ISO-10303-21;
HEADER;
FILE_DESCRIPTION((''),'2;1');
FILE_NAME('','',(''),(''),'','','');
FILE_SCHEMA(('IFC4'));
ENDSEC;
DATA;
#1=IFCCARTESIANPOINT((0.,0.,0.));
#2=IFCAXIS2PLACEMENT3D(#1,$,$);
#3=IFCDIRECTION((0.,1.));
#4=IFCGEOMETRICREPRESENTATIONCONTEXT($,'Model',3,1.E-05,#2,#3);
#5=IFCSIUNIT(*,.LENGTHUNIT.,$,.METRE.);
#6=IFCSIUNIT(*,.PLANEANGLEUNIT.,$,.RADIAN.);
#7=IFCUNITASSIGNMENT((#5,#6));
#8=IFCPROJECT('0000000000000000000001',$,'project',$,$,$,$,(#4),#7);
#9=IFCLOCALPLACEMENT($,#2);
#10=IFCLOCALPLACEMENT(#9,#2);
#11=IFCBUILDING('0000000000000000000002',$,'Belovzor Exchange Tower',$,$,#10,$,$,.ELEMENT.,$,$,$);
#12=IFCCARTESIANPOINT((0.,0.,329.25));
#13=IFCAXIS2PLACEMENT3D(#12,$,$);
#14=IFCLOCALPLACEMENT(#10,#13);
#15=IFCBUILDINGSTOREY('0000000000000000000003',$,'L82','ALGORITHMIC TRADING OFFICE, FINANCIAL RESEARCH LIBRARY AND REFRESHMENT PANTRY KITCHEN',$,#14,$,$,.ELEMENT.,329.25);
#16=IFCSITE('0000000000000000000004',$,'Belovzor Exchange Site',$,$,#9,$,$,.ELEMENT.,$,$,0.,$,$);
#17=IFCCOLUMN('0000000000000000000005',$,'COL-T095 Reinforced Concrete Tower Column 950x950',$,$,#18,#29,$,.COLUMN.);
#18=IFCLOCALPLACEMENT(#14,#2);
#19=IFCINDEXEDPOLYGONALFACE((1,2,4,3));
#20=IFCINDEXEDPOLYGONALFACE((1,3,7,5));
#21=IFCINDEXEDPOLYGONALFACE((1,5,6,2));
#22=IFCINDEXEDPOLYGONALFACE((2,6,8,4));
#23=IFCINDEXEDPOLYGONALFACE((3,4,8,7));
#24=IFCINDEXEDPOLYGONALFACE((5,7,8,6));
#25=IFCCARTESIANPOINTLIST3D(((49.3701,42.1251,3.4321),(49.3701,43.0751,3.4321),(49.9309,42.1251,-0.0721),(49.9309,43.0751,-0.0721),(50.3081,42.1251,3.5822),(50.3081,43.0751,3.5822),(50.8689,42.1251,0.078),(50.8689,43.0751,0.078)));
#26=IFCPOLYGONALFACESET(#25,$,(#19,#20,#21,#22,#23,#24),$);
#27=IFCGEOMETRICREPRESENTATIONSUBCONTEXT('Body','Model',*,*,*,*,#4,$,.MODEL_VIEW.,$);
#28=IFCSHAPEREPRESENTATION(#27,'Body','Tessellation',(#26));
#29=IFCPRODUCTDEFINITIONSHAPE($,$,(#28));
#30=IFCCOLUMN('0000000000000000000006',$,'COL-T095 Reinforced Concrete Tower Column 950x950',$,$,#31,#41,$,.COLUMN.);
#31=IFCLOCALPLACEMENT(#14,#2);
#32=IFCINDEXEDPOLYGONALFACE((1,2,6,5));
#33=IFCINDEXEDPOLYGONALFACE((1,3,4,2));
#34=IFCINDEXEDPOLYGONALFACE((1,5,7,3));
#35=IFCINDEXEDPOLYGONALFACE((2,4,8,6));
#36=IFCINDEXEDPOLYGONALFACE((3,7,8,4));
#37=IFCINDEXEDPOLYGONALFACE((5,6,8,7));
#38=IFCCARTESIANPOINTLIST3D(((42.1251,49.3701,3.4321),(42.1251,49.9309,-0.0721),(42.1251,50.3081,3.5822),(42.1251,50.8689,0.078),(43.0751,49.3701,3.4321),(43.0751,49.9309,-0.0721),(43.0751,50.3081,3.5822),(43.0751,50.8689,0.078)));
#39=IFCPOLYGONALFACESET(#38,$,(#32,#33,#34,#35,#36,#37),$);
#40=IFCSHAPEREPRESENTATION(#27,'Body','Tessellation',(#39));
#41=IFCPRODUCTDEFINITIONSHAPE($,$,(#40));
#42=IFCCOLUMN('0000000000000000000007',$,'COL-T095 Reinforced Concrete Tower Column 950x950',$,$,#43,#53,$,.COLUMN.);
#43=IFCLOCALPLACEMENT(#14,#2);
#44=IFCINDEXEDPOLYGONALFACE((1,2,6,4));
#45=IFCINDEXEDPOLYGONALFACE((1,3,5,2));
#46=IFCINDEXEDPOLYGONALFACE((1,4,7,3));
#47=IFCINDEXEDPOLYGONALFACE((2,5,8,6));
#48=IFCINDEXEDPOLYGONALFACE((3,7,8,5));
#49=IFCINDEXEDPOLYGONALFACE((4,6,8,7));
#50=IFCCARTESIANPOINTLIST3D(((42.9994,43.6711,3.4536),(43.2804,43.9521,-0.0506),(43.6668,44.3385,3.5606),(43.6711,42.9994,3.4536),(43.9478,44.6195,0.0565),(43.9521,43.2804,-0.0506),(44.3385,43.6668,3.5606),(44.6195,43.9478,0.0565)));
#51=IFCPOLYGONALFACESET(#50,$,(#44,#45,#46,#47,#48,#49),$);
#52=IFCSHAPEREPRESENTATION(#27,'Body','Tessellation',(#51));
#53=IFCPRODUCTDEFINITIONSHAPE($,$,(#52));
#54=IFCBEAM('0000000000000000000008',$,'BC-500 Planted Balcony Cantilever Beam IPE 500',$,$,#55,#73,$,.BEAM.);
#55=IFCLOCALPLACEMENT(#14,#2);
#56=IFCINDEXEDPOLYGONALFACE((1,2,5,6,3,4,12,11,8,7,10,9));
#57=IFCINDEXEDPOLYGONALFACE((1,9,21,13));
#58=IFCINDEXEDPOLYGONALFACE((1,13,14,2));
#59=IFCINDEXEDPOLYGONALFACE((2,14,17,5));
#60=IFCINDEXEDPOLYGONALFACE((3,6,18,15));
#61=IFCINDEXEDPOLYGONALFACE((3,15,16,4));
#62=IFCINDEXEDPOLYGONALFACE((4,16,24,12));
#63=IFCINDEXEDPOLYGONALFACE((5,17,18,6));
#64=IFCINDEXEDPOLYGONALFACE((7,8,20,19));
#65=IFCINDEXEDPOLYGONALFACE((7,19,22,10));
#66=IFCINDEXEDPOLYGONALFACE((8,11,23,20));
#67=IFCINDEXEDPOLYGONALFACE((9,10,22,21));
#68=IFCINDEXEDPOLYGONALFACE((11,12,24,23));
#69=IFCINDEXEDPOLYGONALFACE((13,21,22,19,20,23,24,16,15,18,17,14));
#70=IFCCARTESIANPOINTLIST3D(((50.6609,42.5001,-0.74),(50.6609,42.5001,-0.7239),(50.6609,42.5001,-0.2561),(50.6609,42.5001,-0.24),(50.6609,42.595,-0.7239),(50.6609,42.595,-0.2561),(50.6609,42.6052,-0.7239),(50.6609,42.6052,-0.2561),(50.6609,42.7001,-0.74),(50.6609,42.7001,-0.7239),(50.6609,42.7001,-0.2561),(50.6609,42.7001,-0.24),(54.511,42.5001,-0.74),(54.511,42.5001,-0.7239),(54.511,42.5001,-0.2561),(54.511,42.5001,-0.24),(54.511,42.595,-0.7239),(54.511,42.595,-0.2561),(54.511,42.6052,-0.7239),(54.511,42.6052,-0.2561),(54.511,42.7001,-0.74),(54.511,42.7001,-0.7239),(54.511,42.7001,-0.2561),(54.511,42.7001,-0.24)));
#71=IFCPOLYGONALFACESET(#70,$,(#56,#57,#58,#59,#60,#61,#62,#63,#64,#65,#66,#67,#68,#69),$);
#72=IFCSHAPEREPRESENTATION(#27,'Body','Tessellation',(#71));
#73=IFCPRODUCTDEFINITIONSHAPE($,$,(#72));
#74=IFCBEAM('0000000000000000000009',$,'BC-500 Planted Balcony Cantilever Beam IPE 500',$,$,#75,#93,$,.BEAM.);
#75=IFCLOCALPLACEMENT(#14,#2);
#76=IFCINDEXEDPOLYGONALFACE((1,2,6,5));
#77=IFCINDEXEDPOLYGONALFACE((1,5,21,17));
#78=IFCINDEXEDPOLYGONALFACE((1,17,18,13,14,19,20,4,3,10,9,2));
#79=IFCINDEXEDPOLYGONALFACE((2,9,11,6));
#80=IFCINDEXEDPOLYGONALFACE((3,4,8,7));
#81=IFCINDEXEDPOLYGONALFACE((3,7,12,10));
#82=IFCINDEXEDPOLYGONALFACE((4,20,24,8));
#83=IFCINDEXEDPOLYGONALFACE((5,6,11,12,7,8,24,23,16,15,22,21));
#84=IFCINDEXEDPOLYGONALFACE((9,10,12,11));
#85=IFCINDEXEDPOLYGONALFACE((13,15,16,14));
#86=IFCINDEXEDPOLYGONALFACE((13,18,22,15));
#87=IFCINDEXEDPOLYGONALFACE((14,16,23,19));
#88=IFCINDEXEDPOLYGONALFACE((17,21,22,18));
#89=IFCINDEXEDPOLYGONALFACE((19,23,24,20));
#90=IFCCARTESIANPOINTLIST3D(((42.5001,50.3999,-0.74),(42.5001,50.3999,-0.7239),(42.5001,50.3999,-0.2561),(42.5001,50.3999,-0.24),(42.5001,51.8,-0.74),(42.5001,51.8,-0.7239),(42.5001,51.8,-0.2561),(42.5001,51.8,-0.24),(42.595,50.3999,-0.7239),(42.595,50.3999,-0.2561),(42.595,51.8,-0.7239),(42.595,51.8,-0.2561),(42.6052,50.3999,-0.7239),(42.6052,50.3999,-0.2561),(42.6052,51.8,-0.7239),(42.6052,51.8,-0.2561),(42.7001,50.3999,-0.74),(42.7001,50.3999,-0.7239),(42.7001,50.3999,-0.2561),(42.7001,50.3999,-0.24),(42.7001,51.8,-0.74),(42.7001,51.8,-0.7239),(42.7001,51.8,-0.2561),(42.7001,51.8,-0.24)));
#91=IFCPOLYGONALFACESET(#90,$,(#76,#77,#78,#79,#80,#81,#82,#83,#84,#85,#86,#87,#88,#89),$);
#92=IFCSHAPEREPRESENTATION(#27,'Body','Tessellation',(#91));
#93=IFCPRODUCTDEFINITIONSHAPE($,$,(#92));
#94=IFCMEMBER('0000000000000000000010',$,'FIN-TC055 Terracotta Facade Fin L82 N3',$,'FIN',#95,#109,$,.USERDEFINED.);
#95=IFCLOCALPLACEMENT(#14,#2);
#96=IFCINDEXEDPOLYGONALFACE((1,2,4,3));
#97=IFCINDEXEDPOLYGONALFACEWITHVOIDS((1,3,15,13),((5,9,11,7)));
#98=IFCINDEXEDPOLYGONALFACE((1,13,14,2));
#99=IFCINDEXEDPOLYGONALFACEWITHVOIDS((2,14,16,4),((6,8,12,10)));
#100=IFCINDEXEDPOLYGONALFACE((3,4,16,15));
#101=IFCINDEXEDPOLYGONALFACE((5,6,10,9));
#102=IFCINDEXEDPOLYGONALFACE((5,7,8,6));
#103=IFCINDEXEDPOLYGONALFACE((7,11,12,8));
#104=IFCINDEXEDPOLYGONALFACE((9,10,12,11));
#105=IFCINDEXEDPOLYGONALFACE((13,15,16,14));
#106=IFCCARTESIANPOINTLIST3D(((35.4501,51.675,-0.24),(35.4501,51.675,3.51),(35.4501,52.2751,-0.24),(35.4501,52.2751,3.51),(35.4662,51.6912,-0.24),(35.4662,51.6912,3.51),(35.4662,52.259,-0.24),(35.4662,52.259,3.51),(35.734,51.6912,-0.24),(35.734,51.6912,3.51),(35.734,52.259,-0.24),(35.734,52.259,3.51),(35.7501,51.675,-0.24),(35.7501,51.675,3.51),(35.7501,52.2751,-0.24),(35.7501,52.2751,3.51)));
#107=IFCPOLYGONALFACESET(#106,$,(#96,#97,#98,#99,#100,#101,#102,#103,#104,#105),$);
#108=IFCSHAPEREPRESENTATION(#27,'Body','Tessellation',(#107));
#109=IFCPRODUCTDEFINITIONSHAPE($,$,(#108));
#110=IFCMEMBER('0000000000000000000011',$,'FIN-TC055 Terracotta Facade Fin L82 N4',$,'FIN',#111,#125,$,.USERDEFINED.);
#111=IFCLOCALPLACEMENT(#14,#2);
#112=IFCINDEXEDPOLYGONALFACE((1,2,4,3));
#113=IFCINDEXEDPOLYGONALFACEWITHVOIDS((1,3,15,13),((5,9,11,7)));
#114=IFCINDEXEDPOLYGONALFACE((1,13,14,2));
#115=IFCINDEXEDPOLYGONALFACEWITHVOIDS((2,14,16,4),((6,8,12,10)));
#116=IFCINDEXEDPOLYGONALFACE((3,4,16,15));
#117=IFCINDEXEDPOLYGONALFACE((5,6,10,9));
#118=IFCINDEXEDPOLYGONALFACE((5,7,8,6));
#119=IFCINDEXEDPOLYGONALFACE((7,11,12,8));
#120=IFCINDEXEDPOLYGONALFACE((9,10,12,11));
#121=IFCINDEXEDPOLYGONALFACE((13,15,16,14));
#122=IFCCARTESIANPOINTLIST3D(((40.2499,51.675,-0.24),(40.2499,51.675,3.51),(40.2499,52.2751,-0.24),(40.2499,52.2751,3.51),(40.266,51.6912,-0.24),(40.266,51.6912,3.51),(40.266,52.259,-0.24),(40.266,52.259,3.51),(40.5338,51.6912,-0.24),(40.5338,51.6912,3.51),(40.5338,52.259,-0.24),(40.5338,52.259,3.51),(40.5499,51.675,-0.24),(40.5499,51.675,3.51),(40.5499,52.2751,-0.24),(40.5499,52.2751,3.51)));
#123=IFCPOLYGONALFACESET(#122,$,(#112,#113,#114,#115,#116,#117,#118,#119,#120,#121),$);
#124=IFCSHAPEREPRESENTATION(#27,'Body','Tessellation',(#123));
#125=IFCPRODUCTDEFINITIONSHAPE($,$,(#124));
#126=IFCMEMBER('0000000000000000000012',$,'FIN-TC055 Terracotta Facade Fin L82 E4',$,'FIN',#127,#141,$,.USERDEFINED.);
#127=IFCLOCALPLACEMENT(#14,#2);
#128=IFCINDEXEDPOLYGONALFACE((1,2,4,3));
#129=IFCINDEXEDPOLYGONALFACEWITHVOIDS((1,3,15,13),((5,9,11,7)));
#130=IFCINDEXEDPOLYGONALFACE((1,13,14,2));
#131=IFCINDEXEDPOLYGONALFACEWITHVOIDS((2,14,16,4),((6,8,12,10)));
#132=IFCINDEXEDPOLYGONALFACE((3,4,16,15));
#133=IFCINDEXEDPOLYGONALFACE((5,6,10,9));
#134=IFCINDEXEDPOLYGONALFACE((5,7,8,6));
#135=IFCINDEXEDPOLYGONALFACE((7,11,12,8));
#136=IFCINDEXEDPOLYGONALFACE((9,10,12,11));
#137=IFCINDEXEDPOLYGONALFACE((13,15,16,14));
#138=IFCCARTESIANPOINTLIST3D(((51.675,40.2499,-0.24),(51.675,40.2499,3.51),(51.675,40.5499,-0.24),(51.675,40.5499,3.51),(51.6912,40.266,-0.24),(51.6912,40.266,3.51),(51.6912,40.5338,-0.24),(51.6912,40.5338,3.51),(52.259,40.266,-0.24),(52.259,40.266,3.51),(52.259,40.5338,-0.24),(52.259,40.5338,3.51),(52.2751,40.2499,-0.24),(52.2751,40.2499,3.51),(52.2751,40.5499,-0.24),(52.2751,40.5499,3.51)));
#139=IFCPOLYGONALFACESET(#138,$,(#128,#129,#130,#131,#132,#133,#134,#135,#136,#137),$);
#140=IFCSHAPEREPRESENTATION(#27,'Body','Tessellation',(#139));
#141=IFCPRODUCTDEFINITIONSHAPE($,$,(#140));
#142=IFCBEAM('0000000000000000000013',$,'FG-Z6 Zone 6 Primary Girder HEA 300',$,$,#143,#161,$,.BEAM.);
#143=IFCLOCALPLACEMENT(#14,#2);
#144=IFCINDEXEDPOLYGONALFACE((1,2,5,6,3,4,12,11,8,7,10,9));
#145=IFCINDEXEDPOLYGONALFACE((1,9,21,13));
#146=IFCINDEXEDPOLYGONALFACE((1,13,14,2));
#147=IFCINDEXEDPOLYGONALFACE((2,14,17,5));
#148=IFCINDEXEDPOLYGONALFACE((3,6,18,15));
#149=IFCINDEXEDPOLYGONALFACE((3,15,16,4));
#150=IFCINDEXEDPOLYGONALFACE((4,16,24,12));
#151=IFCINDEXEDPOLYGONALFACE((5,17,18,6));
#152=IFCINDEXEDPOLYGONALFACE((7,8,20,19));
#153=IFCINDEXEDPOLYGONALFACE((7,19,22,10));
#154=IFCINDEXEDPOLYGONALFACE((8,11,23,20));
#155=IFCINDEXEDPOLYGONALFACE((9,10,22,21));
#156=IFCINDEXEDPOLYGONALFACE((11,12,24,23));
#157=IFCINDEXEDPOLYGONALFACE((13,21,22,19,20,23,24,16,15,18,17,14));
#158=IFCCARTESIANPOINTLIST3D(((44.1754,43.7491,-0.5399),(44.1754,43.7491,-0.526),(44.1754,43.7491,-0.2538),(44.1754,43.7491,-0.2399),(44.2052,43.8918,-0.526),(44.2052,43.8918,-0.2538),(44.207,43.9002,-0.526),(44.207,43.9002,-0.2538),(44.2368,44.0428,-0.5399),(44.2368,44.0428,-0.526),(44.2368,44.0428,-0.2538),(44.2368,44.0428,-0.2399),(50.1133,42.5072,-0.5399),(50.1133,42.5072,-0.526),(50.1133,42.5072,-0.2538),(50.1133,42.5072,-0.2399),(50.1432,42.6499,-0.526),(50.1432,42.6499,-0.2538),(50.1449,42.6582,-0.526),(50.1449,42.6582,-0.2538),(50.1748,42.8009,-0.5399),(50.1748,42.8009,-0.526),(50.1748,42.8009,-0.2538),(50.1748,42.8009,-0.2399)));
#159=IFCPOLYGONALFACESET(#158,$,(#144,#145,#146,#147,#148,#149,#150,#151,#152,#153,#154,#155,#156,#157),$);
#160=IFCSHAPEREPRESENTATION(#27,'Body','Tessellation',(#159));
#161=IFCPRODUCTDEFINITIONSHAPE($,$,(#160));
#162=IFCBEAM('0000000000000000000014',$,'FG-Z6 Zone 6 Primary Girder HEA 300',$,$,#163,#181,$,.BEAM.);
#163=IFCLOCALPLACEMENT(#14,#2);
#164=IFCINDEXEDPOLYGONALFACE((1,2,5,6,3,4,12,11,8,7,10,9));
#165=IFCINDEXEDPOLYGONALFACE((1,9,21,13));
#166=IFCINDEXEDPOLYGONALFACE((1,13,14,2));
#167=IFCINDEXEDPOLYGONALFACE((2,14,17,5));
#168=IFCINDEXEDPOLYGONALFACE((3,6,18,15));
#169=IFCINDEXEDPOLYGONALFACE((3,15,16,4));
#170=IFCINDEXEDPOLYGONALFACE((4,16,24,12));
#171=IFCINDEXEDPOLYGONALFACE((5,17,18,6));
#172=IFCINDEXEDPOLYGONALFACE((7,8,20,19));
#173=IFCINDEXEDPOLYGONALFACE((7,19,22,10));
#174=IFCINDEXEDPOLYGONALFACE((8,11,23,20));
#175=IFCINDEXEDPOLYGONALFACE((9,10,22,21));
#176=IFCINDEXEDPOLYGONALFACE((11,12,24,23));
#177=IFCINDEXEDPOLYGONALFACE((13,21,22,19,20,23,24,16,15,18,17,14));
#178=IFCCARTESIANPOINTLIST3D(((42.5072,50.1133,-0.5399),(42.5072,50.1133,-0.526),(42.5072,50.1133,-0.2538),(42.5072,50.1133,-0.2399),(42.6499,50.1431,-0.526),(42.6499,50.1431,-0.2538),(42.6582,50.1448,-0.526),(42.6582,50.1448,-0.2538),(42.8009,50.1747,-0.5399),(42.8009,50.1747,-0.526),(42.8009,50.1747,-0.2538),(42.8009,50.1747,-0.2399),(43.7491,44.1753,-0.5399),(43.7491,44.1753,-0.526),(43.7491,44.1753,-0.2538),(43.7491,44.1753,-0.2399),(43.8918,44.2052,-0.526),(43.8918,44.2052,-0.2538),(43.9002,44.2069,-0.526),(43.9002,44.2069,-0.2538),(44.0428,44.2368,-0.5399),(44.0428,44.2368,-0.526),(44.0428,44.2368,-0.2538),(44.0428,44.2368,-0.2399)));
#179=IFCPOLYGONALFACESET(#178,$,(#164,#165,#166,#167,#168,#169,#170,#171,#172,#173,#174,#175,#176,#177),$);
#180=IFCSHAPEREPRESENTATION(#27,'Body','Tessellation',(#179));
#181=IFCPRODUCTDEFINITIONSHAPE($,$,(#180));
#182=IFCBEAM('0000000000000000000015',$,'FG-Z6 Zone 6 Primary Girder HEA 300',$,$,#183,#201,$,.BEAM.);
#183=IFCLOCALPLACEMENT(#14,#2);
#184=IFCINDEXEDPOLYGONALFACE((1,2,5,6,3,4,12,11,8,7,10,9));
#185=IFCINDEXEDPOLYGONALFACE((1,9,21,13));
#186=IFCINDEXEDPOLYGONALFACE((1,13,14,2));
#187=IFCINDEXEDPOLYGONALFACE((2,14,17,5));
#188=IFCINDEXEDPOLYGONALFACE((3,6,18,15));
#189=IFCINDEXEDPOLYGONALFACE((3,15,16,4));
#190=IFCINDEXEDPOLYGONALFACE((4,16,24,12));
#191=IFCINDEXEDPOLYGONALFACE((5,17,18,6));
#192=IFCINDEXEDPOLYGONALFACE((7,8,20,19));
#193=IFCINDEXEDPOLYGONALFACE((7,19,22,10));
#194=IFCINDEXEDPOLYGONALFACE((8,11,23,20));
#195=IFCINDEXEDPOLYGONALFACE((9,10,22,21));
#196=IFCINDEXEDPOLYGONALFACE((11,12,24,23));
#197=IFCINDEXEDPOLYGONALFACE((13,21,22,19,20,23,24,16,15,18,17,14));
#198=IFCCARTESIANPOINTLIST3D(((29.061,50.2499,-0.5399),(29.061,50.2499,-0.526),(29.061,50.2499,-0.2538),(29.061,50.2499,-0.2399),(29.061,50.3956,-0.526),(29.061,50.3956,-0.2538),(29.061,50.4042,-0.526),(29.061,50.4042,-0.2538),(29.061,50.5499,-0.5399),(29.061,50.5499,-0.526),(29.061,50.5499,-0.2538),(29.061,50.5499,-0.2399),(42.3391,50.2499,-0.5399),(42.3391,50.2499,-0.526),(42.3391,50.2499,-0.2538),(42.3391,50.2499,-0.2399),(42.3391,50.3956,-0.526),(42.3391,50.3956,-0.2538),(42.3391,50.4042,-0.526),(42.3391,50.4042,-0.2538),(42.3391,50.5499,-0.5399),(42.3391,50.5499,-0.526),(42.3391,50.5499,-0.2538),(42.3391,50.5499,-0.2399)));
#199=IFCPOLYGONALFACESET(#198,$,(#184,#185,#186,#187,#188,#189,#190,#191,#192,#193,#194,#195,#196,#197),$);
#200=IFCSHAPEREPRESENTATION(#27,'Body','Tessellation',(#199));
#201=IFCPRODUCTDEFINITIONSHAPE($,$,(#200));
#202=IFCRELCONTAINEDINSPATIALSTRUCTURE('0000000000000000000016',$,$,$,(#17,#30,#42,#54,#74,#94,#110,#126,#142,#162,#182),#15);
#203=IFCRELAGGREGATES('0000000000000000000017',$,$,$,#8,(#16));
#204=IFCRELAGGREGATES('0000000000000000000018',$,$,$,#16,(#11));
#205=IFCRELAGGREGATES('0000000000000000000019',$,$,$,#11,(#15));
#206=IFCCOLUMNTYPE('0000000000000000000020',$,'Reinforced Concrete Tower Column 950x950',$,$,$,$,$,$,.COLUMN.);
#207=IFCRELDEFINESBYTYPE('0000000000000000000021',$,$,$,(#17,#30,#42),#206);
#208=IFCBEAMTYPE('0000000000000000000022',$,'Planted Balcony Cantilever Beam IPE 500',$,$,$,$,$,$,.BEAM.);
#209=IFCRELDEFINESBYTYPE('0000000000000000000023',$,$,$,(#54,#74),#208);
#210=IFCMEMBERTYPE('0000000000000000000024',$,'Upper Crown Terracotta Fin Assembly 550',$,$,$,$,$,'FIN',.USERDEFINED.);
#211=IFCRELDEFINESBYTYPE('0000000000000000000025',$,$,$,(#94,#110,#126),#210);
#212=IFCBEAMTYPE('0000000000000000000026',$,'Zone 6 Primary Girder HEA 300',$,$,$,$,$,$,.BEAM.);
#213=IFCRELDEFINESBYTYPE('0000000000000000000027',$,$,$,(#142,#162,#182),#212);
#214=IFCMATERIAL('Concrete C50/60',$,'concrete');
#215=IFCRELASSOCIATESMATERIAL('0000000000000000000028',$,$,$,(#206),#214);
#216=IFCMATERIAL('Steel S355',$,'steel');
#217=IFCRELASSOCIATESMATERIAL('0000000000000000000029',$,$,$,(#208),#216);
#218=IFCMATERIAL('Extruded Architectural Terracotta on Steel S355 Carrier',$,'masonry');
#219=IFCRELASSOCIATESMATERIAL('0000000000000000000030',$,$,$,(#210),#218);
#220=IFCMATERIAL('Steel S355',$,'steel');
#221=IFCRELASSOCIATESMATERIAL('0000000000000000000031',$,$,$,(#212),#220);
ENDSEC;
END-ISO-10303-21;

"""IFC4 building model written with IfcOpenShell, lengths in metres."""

from ifc_helpers import new_model, si_unit, direction, frame, origin, origin_2d, place, context, subcontext, project, spatial, rectangle, hollow_rectangle, i_section, extrude, material, material_profile, profile_set, type_object, element, save


model = new_model("IFC4")

# Units and contexts
model_context = context("Model", 3, precision=1e-05, world=origin(), true_north=direction((0.0, 1.0)))
body_context = subcontext(model_context, "Body", "Model", "MODEL_VIEW")
ifc_project = project(units=[si_unit("LENGTHUNIT", "METRE"), si_unit("PLANEANGLEUNIT", "RADIAN")], contexts=[model_context])

# Site, building, storey
site_placement = place(None, origin())
site = spatial("IfcSite", under=ifc_project, at=site_placement, Name="Belovzor Exchange Site", CompositionType="ELEMENT", RefElevation=0.0)
building_placement = place(site_placement, origin())
building = spatial("IfcBuilding", under=site, at=building_placement, Name="Belovzor Exchange Tower", CompositionType="ELEMENT")
storey_placement = place(building_placement, frame((0.0, 0.0, 329.25)))
storey = spatial("IfcBuildingStorey", under=building, at=storey_placement, Name="L82", Description="ALGORITHMIC TRADING OFFICE, FINANCIAL RESEARCH LIBRARY AND REFRESHMENT PANTRY KITCHEN", CompositionType="ELEMENT", Elevation=329.25)

# Columns
ifc_material_1 = material(Name="Concrete C50/60", Category="concrete")
ifc_material_profile_1 = material_profile(ifc_material_1, rectangle(XDim=0.95, YDim=0.95, at=origin_2d()))
ifc_profile_set_1 = profile_set([ifc_material_profile_1], Name="Concrete C50/60")
column_type = type_object("IfcColumnType", Name="Reinforced Concrete Tower Column 950x950", PredefinedType="COLUMN", material=ifc_profile_set_1)
for number, where, z_axis, x_axis, name in (
    (1, (50.3999, 42.6001, 0.0029), (-0.158025, 0.0, 0.987435), (0.0, -1.0, 0.0), "COL-T095 Reinforced Concrete Tower Column 950x950"),
    (2, (42.6001, 50.3999, 0.0029), (0.0, -0.158025, 0.987435), (1.0, 0.0, 0.0), "COL-T095 Reinforced Concrete Tower Column 950x950"),
):
    element("IfcColumn", number, at=place(storey_placement, frame(where, z_axis=z_axis, x_axis=x_axis)), inside=storey, type_object=column_type, Name=name, PredefinedType="COLUMN", context=body_context, shape_type="SweptSolid", body=[
        extrude(rectangle(XDim=0.95, YDim=0.95, at=origin_2d()), origin(), (0.0, 0.0, 1.0), 3.5488),
    ])
column_placement = place(storey_placement, frame((43.95, 43.95, 0.0029), z_axis=(-0.079682, -0.079682, 0.993631), x_axis=(0.707107, -0.707107, 0.0)))
element("IfcColumn", 3, at=column_placement, inside=storey, type_object=column_type, Name="COL-T095 Reinforced Concrete Tower Column 950x950", PredefinedType="COLUMN", context=body_context, shape_type="SweptSolid", body=[
    extrude(rectangle(XDim=0.95, YDim=0.95, at=origin_2d()), origin(), (0.0, 0.0, 1.0), 3.5266),
])

# Beams
ifc_material_2 = material(Name="Steel S355", Category="steel")
ifc_material_profile_2 = material_profile(ifc_material_2, i_section(OverallWidth=0.2, OverallDepth=0.5, WebThickness=0.0103, FlangeThickness=0.0161, at=origin_2d()))
ifc_profile_set_2 = profile_set([ifc_material_profile_2], Name="Steel S355")
beam_type_1 = type_object("IfcBeamType", Name="Planted Balcony Cantilever Beam IPE 500", PredefinedType="BEAM", material=ifc_profile_set_2)
beam_1_placement = place(storey_placement, frame((50.6609, 42.6001, -0.49), z_axis=(1.0, 0.0, 0.0), x_axis=(0.0, 1.0, 0.0)))
element("IfcBeam", 4, at=beam_1_placement, inside=storey, type_object=beam_type_1, Name="BC-500 Planted Balcony Cantilever Beam IPE 500", PredefinedType="BEAM", context=body_context, shape_type="SweptSolid", body=[
    extrude(i_section(OverallWidth=0.2, OverallDepth=0.5, WebThickness=0.0103, FlangeThickness=0.0161, at=origin_2d()), origin(), (0.0, 0.0, 1.0), 3.8501),
])
beam_2_placement = place(storey_placement, frame((42.6001, 50.3999, -0.49), z_axis=(0.0, 1.0, 0.0), x_axis=(-1.0, 0.0, 0.0)))
element("IfcBeam", 5, at=beam_2_placement, inside=storey, type_object=beam_type_1, Name="BC-500 Planted Balcony Cantilever Beam IPE 500", PredefinedType="BEAM", context=body_context, shape_type="SweptSolid", body=[
    extrude(i_section(OverallWidth=0.2, OverallDepth=0.5, WebThickness=0.0103, FlangeThickness=0.0161, at=origin_2d()), origin(), (0.0, 0.0, 1.0), 1.4001),
])

# Members
ifc_material_3 = material(Name="Extruded Architectural Terracotta on Steel S355 Carrier", Category="masonry")
ifc_material_profile_3 = material_profile(ifc_material_3, hollow_rectangle(XDim=0.3, YDim=0.6001, WallThickness=0.0161, at=origin_2d()))
ifc_profile_set_3 = profile_set([ifc_material_profile_3], Name="Extruded Architectural Terracotta on Steel S355 Carrier")
member_type = type_object("IfcMemberType", Name="Upper Crown Terracotta Fin Assembly 550", ElementType="FIN", PredefinedType="USERDEFINED", material=ifc_profile_set_3)
for number, where, z_axis, x_axis, name in (
    (6, (35.6001, 51.9751, -0.24), (0.0, 0.0, 1.0), (1.0, 0.0, 0.0), "FIN-TC055 Terracotta Facade Fin L82 N3"),
    (7, (40.3999, 51.9751, -0.24), (0.0, 0.0, 1.0), (1.0, 0.0, 0.0), "FIN-TC055 Terracotta Facade Fin L82 N4"),
    (8, (51.9751, 40.3999, -0.24), (0.0, 0.0, 1.0), (0.0, 1.0, 0.0), "FIN-TC055 Terracotta Facade Fin L82 E4"),
):
    element("IfcMember", number, at=place(storey_placement, frame(where, z_axis=z_axis, x_axis=x_axis)), inside=storey, type_object=member_type, Name=name, ObjectType="FIN", PredefinedType="USERDEFINED", context=body_context, shape_type="SweptSolid", body=[
        extrude(hollow_rectangle(XDim=0.3, YDim=0.6001, WallThickness=0.0161, at=origin_2d()), origin(), (0.0, 0.0, 1.0), 3.75),
    ])

# Beams
ifc_material_4 = material(Name="Steel S355", Category="steel")
ifc_material_profile_4 = material_profile(ifc_material_4, i_section(OverallWidth=0.3, OverallDepth=0.3, WebThickness=0.0085, FlangeThickness=0.0139, at=origin_2d()))
ifc_profile_set_4 = profile_set([ifc_material_profile_4], Name="Steel S355")
beam_type_2 = type_object("IfcBeamType", Name="Zone 6 Primary Girder HEA 300", PredefinedType="BEAM", material=ifc_profile_set_4)
for number, where, z_axis, x_axis, name in (
    (9, (50.144, 42.6541, -0.3899), (-0.97882, 0.204722, 0.0), (-0.204722, -0.97882, 0.0), "FG-Z6 Zone 6 Primary Girder HEA 300"),
    (10, (43.896, 44.2061, -0.3899), (-0.204722, 0.97882, 0.0), (-0.97882, -0.204722, 0.0), "FG-Z6 Zone 6 Primary Girder HEA 300"),
):
    element("IfcBeam", number, at=place(storey_placement, frame(where, z_axis=z_axis, x_axis=x_axis)), inside=storey, type_object=beam_type_2, Name=name, PredefinedType="BEAM", context=body_context, shape_type="SweptSolid", body=[
        extrude(i_section(OverallWidth=0.3, OverallDepth=0.3, WebThickness=0.0085, FlangeThickness=0.0139, at=origin_2d()), origin(), (0.0, 0.0, 1.0), 6.0664),
    ])
beam_3_placement = place(storey_placement, frame((42.3391, 50.3999, -0.3899), z_axis=(-1.0, 0.0, 0.0), x_axis=(0.0, -1.0, 0.0)))
element("IfcBeam", 11, at=beam_3_placement, inside=storey, type_object=beam_type_2, Name="FG-Z6 Zone 6 Primary Girder HEA 300", PredefinedType="BEAM", context=body_context, shape_type="SweptSolid", body=[
    extrude(i_section(OverallWidth=0.3, OverallDepth=0.3, WebThickness=0.0085, FlangeThickness=0.0139, at=origin_2d()), origin(), (0.0, 0.0, 1.0), 13.2781),
])

save(model, "model.ifc")
